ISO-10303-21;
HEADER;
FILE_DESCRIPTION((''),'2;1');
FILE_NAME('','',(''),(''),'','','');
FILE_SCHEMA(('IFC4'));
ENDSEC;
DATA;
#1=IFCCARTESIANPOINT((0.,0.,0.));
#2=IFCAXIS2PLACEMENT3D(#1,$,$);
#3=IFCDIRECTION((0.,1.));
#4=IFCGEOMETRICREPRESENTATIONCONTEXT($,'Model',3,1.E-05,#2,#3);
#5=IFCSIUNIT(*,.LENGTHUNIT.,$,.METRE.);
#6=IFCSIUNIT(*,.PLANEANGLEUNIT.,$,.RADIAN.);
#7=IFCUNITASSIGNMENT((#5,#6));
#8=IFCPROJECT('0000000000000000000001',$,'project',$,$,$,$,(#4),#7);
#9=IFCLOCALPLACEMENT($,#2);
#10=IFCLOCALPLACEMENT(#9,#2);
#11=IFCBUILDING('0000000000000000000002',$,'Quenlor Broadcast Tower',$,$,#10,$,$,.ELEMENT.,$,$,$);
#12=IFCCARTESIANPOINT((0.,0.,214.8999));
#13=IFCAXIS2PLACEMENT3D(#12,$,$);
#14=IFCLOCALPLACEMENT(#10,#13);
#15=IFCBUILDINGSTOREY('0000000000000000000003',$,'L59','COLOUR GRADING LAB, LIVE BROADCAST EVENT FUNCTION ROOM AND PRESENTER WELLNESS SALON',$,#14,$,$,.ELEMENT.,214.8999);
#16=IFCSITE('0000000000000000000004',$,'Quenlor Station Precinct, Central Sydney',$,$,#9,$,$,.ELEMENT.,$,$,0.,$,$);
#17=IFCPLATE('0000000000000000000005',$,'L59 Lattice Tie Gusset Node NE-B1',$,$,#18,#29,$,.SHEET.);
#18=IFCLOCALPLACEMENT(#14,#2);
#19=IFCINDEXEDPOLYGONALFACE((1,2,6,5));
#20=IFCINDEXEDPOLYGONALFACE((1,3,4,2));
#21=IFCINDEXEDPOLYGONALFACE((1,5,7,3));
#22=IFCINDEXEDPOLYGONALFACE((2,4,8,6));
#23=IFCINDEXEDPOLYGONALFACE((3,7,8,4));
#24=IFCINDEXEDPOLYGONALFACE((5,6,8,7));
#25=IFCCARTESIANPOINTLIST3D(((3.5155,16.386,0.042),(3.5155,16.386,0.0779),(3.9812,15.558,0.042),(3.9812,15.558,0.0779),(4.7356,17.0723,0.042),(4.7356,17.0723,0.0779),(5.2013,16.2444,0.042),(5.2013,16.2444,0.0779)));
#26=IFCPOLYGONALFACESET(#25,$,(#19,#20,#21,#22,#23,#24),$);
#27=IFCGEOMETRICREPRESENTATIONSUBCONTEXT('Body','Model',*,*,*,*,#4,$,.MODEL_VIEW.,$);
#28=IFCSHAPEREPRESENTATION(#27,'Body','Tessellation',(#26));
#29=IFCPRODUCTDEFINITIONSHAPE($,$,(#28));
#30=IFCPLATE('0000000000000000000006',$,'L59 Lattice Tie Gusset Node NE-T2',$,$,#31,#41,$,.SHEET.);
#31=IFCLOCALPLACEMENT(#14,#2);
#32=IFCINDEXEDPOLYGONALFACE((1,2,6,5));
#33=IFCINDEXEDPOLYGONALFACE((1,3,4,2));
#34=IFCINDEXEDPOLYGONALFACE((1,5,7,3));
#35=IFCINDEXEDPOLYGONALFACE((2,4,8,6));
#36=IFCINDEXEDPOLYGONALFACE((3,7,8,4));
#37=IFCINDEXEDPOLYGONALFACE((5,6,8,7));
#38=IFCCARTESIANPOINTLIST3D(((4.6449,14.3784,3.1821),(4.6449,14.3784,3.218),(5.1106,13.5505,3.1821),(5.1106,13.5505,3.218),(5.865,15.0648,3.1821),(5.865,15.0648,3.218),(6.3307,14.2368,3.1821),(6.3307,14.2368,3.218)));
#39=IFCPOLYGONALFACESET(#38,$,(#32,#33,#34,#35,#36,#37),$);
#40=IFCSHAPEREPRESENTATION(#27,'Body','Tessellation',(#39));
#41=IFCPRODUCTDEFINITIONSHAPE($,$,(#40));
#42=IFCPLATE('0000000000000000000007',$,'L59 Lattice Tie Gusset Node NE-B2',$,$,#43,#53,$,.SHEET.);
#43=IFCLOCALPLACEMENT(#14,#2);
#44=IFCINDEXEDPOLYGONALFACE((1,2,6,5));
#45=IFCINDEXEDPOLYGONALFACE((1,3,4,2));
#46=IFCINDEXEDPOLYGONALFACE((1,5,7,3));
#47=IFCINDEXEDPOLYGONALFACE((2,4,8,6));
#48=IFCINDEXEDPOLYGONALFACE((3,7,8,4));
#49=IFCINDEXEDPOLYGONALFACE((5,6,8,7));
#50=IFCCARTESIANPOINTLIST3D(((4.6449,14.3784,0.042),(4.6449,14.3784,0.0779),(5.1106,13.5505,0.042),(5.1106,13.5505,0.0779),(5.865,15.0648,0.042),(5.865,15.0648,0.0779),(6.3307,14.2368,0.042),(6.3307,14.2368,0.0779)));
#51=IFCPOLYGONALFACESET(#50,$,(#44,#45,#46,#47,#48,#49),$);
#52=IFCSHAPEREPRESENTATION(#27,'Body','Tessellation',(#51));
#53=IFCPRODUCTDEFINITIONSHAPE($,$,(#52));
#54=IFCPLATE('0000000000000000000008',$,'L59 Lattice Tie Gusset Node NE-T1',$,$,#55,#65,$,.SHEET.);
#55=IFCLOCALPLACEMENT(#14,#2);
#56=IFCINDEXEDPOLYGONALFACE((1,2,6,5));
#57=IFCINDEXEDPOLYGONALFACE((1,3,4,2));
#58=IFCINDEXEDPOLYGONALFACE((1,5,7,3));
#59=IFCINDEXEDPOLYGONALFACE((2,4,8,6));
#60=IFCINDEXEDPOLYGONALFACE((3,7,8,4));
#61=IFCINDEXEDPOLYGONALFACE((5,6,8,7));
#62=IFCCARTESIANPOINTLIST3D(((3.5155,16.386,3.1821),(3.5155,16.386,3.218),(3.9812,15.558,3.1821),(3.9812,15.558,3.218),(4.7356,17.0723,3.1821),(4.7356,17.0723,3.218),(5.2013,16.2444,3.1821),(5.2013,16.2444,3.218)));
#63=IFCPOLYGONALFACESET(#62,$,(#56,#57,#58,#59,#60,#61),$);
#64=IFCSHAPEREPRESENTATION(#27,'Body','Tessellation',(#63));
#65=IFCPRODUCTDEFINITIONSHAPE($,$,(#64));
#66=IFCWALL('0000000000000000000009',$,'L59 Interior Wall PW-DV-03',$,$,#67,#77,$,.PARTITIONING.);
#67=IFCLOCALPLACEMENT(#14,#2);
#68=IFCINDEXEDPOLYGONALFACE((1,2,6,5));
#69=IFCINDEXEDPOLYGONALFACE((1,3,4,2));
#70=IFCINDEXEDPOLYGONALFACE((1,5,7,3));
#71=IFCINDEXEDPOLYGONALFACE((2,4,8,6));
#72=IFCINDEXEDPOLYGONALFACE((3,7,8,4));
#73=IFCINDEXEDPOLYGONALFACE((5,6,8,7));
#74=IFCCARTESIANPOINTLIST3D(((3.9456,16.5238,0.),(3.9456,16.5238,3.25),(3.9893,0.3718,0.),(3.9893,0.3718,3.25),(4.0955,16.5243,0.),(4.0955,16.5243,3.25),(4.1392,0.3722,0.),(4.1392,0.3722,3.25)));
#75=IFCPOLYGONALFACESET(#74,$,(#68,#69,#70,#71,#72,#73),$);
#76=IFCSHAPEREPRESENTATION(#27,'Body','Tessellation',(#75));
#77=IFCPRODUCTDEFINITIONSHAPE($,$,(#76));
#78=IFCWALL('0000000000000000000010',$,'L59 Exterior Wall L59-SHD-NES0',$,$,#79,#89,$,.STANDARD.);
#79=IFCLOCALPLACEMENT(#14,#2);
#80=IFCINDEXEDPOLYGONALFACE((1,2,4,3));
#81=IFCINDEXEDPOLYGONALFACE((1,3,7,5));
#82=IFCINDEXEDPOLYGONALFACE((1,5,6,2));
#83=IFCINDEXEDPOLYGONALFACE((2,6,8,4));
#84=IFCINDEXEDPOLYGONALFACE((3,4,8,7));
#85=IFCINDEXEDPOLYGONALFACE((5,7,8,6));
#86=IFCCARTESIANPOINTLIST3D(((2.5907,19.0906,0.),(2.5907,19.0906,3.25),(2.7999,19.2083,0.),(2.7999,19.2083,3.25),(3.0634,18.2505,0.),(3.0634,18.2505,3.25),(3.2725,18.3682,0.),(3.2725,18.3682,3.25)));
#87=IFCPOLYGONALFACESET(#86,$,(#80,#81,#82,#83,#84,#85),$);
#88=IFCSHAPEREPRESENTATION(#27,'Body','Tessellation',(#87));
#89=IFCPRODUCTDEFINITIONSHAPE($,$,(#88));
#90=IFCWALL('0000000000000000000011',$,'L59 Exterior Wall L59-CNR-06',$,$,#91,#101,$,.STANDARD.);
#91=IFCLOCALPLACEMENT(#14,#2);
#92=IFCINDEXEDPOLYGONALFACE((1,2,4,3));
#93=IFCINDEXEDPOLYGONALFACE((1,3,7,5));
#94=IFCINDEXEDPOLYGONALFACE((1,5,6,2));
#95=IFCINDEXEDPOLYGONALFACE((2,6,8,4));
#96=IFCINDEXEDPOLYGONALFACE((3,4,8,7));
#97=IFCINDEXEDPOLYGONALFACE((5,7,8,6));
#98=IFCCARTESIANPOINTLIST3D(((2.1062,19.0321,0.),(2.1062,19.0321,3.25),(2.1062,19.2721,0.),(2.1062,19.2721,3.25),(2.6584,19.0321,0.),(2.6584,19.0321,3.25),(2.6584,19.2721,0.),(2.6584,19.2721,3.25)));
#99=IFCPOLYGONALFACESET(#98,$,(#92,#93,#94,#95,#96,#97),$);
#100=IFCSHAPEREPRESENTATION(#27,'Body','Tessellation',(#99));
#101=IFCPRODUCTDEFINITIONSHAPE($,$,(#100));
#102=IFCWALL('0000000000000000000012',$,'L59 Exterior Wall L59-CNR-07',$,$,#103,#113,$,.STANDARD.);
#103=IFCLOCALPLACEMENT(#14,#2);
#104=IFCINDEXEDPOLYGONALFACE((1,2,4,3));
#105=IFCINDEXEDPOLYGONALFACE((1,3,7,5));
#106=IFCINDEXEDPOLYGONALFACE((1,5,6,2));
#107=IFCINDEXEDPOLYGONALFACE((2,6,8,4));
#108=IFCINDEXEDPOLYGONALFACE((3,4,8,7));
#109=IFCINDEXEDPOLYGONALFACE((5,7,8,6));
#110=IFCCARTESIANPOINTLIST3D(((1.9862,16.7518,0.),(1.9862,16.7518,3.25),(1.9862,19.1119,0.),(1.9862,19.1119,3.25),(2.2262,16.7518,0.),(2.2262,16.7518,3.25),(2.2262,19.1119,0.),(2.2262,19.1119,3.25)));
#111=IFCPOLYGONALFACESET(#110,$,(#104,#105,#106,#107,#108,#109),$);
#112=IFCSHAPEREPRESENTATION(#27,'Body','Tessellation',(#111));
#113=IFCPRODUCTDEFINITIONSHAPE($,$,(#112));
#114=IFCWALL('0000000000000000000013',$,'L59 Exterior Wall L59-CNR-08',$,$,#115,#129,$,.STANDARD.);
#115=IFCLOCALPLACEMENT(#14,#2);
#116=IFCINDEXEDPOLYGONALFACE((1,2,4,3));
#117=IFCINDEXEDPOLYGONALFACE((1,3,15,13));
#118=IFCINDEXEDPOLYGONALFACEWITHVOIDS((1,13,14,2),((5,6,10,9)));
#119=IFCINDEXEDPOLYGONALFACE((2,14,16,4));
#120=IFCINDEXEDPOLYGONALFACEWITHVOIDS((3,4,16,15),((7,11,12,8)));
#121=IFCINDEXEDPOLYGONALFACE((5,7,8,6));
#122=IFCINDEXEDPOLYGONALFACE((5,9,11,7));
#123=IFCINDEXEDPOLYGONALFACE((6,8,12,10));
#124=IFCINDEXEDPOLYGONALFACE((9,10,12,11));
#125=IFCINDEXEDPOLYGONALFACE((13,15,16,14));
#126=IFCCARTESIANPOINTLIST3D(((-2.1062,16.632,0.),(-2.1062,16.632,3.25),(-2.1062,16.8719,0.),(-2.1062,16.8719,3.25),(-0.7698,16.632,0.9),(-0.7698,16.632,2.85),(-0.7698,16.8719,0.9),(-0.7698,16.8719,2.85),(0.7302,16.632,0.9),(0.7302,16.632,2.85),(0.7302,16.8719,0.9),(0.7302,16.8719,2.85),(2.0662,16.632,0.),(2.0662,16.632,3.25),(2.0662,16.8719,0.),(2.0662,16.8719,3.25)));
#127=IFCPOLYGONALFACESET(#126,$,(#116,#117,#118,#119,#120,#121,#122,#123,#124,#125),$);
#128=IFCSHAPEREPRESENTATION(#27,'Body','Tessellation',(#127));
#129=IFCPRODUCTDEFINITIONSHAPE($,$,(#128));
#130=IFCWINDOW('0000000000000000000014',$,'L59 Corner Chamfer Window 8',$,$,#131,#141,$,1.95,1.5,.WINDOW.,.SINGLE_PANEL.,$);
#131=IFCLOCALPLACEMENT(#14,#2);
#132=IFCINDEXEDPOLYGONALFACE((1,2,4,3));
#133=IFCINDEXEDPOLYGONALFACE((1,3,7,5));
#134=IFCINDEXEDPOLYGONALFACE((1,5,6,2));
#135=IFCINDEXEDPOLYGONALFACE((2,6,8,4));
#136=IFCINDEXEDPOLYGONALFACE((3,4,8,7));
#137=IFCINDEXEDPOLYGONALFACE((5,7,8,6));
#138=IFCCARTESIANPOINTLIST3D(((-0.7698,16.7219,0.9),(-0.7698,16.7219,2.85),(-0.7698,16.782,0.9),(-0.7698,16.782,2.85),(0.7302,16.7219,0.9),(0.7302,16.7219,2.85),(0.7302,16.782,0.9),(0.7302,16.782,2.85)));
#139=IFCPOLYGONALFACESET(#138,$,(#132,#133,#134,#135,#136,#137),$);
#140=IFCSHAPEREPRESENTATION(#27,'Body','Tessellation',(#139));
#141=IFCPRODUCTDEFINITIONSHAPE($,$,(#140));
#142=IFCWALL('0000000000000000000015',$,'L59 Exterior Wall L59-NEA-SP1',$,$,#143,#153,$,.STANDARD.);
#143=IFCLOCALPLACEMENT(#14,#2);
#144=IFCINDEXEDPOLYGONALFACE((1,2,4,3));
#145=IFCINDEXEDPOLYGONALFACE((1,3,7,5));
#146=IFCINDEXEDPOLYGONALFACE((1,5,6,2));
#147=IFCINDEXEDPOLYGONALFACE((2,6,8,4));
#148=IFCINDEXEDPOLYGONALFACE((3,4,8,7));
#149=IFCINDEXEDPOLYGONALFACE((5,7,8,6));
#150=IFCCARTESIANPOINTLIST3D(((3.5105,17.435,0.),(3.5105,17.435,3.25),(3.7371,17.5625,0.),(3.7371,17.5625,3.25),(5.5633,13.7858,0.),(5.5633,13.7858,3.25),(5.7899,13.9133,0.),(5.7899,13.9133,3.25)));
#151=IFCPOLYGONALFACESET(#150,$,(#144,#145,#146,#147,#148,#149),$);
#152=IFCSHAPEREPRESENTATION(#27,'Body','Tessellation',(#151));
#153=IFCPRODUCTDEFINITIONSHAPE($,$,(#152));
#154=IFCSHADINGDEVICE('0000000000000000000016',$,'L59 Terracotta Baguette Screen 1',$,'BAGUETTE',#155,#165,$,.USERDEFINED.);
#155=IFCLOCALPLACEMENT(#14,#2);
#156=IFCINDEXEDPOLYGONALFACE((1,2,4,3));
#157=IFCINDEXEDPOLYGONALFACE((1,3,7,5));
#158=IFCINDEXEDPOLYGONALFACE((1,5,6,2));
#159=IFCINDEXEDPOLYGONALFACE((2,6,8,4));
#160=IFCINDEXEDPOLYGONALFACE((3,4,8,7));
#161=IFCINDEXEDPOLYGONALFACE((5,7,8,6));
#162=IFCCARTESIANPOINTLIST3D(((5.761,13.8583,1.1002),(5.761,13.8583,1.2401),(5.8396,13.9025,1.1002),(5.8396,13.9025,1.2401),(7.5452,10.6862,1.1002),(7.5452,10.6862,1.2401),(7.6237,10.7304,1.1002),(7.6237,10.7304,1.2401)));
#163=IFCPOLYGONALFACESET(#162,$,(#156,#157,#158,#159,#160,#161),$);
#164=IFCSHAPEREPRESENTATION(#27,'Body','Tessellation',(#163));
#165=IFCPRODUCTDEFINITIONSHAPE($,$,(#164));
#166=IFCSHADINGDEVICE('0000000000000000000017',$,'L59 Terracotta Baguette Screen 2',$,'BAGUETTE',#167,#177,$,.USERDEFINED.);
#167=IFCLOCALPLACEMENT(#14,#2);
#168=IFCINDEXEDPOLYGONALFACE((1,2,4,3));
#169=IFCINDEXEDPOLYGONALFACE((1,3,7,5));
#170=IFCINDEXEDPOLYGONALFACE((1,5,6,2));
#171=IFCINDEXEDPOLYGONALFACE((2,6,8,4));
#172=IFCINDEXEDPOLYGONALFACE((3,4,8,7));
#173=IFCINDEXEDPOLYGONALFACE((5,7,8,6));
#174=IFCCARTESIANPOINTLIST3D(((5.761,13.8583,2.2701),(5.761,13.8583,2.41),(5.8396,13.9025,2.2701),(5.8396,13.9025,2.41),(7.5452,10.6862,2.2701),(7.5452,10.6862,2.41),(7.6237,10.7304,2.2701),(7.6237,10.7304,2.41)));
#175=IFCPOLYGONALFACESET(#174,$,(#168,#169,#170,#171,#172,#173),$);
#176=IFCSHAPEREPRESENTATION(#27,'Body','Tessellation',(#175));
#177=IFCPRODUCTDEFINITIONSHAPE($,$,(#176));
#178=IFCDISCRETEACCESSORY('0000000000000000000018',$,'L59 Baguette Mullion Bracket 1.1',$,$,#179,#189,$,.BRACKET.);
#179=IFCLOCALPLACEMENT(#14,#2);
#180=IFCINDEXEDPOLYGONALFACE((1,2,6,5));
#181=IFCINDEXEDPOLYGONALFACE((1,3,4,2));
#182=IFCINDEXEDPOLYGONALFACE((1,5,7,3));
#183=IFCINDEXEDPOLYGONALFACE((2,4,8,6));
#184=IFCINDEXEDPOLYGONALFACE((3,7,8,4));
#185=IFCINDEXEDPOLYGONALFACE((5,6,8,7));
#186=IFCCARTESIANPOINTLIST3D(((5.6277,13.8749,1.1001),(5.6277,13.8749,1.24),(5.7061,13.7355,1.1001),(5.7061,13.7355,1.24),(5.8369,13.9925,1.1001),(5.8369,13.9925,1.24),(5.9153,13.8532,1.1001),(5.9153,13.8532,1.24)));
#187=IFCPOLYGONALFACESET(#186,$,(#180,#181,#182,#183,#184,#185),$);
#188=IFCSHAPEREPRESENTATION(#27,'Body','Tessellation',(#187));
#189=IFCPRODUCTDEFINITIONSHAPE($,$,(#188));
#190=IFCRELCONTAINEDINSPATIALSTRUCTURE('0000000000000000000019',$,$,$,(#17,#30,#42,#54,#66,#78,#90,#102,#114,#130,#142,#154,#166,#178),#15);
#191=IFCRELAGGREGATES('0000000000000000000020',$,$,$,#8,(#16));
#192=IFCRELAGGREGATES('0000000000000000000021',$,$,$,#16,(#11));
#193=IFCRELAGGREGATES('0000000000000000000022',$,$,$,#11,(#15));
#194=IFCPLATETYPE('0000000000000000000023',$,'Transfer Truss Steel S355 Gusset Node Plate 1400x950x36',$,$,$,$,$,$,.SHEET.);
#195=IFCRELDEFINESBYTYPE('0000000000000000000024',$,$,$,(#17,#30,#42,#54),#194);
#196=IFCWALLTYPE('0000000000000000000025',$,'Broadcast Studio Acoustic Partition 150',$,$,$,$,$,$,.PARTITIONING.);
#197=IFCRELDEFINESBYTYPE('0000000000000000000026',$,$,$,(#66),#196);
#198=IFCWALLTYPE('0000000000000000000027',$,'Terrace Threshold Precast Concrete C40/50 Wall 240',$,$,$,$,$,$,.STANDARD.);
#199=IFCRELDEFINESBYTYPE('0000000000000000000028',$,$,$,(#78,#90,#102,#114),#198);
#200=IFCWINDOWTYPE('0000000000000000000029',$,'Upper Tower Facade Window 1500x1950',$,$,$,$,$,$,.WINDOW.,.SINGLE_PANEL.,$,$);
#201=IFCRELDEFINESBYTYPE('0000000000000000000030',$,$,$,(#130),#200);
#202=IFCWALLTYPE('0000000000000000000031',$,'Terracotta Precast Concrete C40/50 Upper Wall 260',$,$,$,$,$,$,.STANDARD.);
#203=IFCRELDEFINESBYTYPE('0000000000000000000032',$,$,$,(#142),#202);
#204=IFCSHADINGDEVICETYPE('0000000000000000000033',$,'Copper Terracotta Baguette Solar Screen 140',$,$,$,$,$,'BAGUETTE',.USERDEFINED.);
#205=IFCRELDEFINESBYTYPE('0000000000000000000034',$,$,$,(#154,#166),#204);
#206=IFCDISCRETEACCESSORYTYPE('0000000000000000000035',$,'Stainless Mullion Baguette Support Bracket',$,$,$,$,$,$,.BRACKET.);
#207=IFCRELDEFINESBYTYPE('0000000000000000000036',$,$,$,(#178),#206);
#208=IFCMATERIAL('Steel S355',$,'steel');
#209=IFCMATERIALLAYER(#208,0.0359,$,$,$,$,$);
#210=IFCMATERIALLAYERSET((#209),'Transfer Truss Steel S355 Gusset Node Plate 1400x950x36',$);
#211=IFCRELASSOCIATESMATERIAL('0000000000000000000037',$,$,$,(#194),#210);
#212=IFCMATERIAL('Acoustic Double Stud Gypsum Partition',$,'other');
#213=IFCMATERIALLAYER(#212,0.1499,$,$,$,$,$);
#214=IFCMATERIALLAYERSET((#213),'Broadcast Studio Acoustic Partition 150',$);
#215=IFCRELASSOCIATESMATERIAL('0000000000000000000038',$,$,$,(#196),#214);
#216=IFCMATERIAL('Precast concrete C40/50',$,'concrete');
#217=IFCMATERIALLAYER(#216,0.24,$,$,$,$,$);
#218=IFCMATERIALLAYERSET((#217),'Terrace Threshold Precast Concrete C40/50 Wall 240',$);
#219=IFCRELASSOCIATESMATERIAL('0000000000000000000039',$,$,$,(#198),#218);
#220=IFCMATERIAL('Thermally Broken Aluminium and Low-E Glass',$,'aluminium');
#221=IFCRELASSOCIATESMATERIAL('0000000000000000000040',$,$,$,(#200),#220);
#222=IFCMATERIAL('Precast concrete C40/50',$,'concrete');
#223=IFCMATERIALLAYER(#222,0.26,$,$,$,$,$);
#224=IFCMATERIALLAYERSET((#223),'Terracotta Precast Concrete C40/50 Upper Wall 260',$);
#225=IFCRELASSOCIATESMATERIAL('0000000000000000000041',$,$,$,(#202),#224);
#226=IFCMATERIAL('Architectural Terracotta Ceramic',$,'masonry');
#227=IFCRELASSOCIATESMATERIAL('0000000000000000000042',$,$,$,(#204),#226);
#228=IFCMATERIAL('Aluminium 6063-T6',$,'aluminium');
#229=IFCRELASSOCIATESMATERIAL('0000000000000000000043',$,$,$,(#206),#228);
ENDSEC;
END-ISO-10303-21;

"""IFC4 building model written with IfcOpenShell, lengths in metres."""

from ifc_helpers import new_model, si_unit, direction, frame, frame_2d, origin, origin_2d, place, context, subcontext, project, spatial, rectangle, extrude, material, layer, layer_set, material_profile, profile_set, type_object, element, fill, save


model = new_model("IFC4")

# Units and contexts
model_context = context("Model", 3, precision=1e-05, world=origin(), true_north=direction((0.0, 1.0)))
body_context = subcontext(model_context, "Body", "Model", "MODEL_VIEW")
ifc_project = project(units=[si_unit("LENGTHUNIT", "METRE"), si_unit("PLANEANGLEUNIT", "RADIAN")], contexts=[model_context])

# Site, building, storey
site_placement = place(None, origin())
site = spatial("IfcSite", under=ifc_project, at=site_placement, Name="Quenlor Station Precinct, Central Sydney", CompositionType="ELEMENT", RefElevation=0.0)
building_placement = place(site_placement, origin())
building = spatial("IfcBuilding", under=site, at=building_placement, Name="Quenlor Broadcast Tower", CompositionType="ELEMENT")
storey_placement = place(building_placement, frame((0.0, 0.0, 214.8999)))
storey = spatial("IfcBuildingStorey", under=building, at=storey_placement, Name="L59", Description="COLOUR GRADING LAB, LIVE BROADCAST EVENT FUNCTION ROOM AND PRESENTER WELLNESS SALON", CompositionType="ELEMENT", Elevation=214.8999)

# Plates
ifc_material_1 = material(Name="Steel S355", Category="steel")
ifc_layer_1 = layer(ifc_material_1, 0.0359)
ifc_layer_set_1 = layer_set([ifc_layer_1], Name="Transfer Truss Steel S355 Gusset Node Plate 1400x950x36")
plate_type_1 = type_object("IfcPlateType", Name="Transfer Truss Steel S355 Gusset Node Plate 1400x950x36", PredefinedType="SHEET", material=ifc_layer_set_1)
for number, where, z_axis, x_axis, name in (
    (1, (4.3584, 16.3152, 0.042), (0.0, 0.0, 1.0), (0.871556, 0.490295, 0.0), "L59 Lattice Tie Gusset Node NE-B1"),
    (2, (5.4878, 14.3076, 3.1821), (0.0, 0.0, 1.0), (0.871556, 0.490295, 0.0), "L59 Lattice Tie Gusset Node NE-T2"),
    (3, (5.4878, 14.3076, 0.042), (0.0, 0.0, 1.0), (0.871556, 0.490295, 0.0), "L59 Lattice Tie Gusset Node NE-B2"),
    (4, (4.3584, 16.3152, 3.1821), (0.0, 0.0, 1.0), (0.871556, 0.490295, 0.0), "L59 Lattice Tie Gusset Node NE-T1"),
):
    element("IfcPlate", number, at=place(storey_placement, frame(where, z_axis=z_axis, x_axis=x_axis)), inside=storey, type_object=plate_type_1, Name=name, PredefinedType="SHEET", context=body_context, shape_type="SweptSolid", body=[
        extrude(rectangle(XDim=1.3999, YDim=0.95, at=origin_2d()), origin(), (0.0, 0.0, 1.0), 0.0359),
    ])

# Walls
ifc_material_2 = material(Name="Acoustic Double Stud Gypsum Partition", Category="other")
ifc_layer_2 = layer(ifc_material_2, 0.1499)
ifc_layer_set_2 = layer_set([ifc_layer_2], Name="Broadcast Studio Acoustic Partition 150")
wall_type_1 = type_object("IfcWallType", Name="Broadcast Studio Acoustic Partition 150", PredefinedType="PARTITIONING", material=ifc_layer_set_2)
wall_1_placement = place(storey_placement, frame((4.0205, 16.5242, 0.0), z_axis=(0.0, 0.0, 1.0), x_axis=(0.002706, -0.999996, 0.0)))
element("IfcWall", 5, at=wall_1_placement, inside=storey, type_object=wall_type_1, Name="L59 Interior Wall PW-DV-03", PredefinedType="PARTITIONING", context=body_context, shape_type="SweptSolid", body=[
    extrude(rectangle(XDim=16.1521, YDim=0.1499, at=frame_2d((8.0762, 0.0))), origin(), (0.0, 0.0, 1.0), 3.25),
])
ifc_material_3 = material(Name="Precast concrete C40/50", Category="concrete")
ifc_layer_3 = layer(ifc_material_3, 0.24)
ifc_layer_set_3 = layer_set([ifc_layer_3], Name="Terrace Threshold Precast Concrete C40/50 Wall 240")
wall_type_2 = type_object("IfcWallType", Name="Terrace Threshold Precast Concrete C40/50 Wall 240", PredefinedType="STANDARD", material=ifc_layer_set_3)
wall_2_placement = place(storey_placement, frame((2.6953, 19.1494, 0.0), z_axis=(0.0, 0.0, 1.0), x_axis=(0.490345, -0.871528, 0.0)))
element("IfcWall", 6, at=wall_2_placement, inside=storey, type_object=wall_type_2, Name="L59 Exterior Wall L59-SHD-NES0", PredefinedType="STANDARD", context=body_context, shape_type="SweptSolid", body=[
    extrude(rectangle(XDim=0.9639, YDim=0.24, at=frame_2d((0.4819, 0.0))), origin(), (0.0, 0.0, 1.0), 3.25),
])
wall_3_placement = place(storey_placement, frame((2.6584, 19.1521, 0.0), z_axis=(0.0, 0.0, 1.0), x_axis=(-1.0, 0.0, 0.0)))
element("IfcWall", 7, at=wall_3_placement, inside=storey, type_object=wall_type_2, Name="L59 Exterior Wall L59-CNR-06", PredefinedType="STANDARD", context=body_context, shape_type="SweptSolid", body=[
    extrude(rectangle(XDim=0.5522, YDim=0.24, at=frame_2d((0.2761, 0.0))), origin(), (0.0, 0.0, 1.0), 3.25),
])
wall_4_placement = place(storey_placement, frame((2.1062, 19.1121, 0.0), z_axis=(0.0, 0.0, 1.0), x_axis=(0.0, -1.0, 0.0)))
element("IfcWall", 8, at=wall_4_placement, inside=storey, type_object=wall_type_2, Name="L59 Exterior Wall L59-CNR-07", PredefinedType="STANDARD", context=body_context, shape_type="SweptSolid", body=[
    extrude(rectangle(XDim=2.3601, YDim=0.24, at=frame_2d((1.1802, 0.0))), origin(), (0.0, 0.0, 1.0), 3.25),
])

# Wall, opening, window
wall_5_placement = place(storey_placement, frame((2.0662, 16.752, 0.0), z_axis=(0.0, 0.0, 1.0), x_axis=(-1.0, 0.0, 0.0)))
wall_5 = element("IfcWall", 9, at=wall_5_placement, inside=storey, type_object=wall_type_2, Name="L59 Exterior Wall L59-CNR-08", PredefinedType="STANDARD", context=body_context, shape_type="SweptSolid", body=[
    extrude(rectangle(XDim=4.1724, YDim=0.24, at=frame_2d((2.0862, 0.0))), origin(), (0.0, 0.0, 1.0), 3.25),
])
opening_placement = place(wall_5_placement, frame((1.3359, 0.0, 0.8999)))
opening = element("IfcOpeningElement", 10, at=opening_placement, cuts=wall_5, PredefinedType="OPENING", context=body_context, shape_type="SweptSolid", body=[
    extrude(rectangle(XDim=1.5, YDim=1.95, at=frame_2d((0.75, 0.9751))), frame((0.0, 0.1299, 0.0), z_axis=(0.0, -1.0, 0.0), x_axis=(1.0, 0.0, 0.0)), (0.0, 0.0, 1.0), 0.26),
])
ifc_material_4 = material(Name="Thermally Broken Aluminium and Low-E Glass", Category="aluminium")
window_type = type_object("IfcWindowType", Name="Upper Tower Facade Window 1500x1950", PartitioningType="SINGLE_PANEL", PredefinedType="WINDOW", material=ifc_material_4)
window_placement = place(opening_placement, origin())
window = element("IfcWindow", 11, at=window_placement, inside=storey, type_object=window_type, Name="L59 Corner Chamfer Window 8", OverallHeight=1.95, OverallWidth=1.5, PartitioningType="SINGLE_PANEL", PredefinedType="WINDOW", context=body_context, shape_type="SweptSolid", body=[
    extrude(rectangle(XDim=1.5, YDim=1.95, at=frame_2d((0.75, 0.9751))), frame((0.0, 0.03, 0.0), z_axis=(0.0, -1.0, 0.0), x_axis=(1.0, 0.0, 0.0)), (0.0, 0.0, 1.0), 0.0601),
])
fill(opening, window)

# Wall
ifc_material_5 = material(Name="Precast concrete C40/50", Category="concrete")
ifc_layer_4 = layer(ifc_material_5, 0.26)
ifc_layer_set_4 = layer_set([ifc_layer_4], Name="Terracotta Precast Concrete C40/50 Upper Wall 260")
wall_type_3 = type_object("IfcWallType", Name="Terracotta Precast Concrete C40/50 Upper Wall 260", PredefinedType="STANDARD", material=ifc_layer_set_4)
wall_6_placement = place(storey_placement, frame((3.6238, 17.4988, 0.0), z_axis=(0.0, 0.0, 1.0), x_axis=(0.490275, -0.871568, 0.0)))
element("IfcWall", 12, at=wall_6_placement, inside=storey, type_object=wall_type_3, Name="L59 Exterior Wall L59-NEA-SP1", PredefinedType="STANDARD", context=body_context, shape_type="SweptSolid", body=[
    extrude(rectangle(XDim=4.187, YDim=0.26, at=frame_2d((2.0935, 0.0))), origin(), (0.0, 0.0, 1.0), 3.25),
])

# Shading devices
ifc_material_6 = material(Name="Architectural Terracotta Ceramic", Category="masonry")
ifc_material_profile_1 = material_profile(ifc_material_6, rectangle(XDim=0.0901, YDim=0.1399, at=origin_2d()))
ifc_profile_set_1 = profile_set([ifc_material_profile_1], Name="Architectural Terracotta Ceramic BAG90x140")
shading_device_type = type_object("IfcShadingDeviceType", Name="Copper Terracotta Baguette Solar Screen 140", ElementType="BAGUETTE", PredefinedType="USERDEFINED", material=ifc_profile_set_1)
for number, where, z_axis, x_axis, name in (
    (13, (5.8003, 13.8804, 1.1702), (0.490233, -0.871592, 0.0), (0.871592, 0.490233, 0.0), "L59 Terracotta Baguette Screen 1"),
    (14, (5.8003, 13.8804, 2.3401), (0.490233, -0.871592, 0.0), (0.871592, 0.490233, 0.0), "L59 Terracotta Baguette Screen 2"),
):
    element("IfcShadingDevice", number, at=place(storey_placement, frame(where, z_axis=z_axis, x_axis=x_axis)), inside=storey, type_object=shading_device_type, Name=name, ObjectType="BAGUETTE", PredefinedType="USERDEFINED", context=body_context, shape_type="SweptSolid", body=[
        extrude(rectangle(XDim=0.0901, YDim=0.1399, at=origin_2d()), origin(), (0.0, 0.0, 1.0), 3.6394),
    ])

# Discrete accessory
ifc_material_7 = material(Name="Aluminium 6063-T6", Category="aluminium")
discrete_accessory_type = type_object("IfcDiscreteAccessoryType", Name="Stainless Mullion Baguette Support Bracket", PredefinedType="BRACKET", material=ifc_material_7)
for number, where, z_axis, x_axis, name in (
    (15, (5.7715, 13.864, 1.1001), (0.0, 0.0, 1.0), (0.49026, -0.871576, 0.0), "L59 Baguette Mullion Bracket 1.1"),
):
    element("IfcDiscreteAccessory", number, at=place(storey_placement, frame(where, z_axis=z_axis, x_axis=x_axis)), inside=storey, type_object=discrete_accessory_type, Name=name, PredefinedType="BRACKET", context=body_context, shape_type="SweptSolid", body=[
        extrude(rectangle(XDim=0.1599, YDim=0.24, at=origin_2d()), origin(), (0.0, 0.0, 1.0), 0.1399),
    ])

save(model, "model.ifc")
